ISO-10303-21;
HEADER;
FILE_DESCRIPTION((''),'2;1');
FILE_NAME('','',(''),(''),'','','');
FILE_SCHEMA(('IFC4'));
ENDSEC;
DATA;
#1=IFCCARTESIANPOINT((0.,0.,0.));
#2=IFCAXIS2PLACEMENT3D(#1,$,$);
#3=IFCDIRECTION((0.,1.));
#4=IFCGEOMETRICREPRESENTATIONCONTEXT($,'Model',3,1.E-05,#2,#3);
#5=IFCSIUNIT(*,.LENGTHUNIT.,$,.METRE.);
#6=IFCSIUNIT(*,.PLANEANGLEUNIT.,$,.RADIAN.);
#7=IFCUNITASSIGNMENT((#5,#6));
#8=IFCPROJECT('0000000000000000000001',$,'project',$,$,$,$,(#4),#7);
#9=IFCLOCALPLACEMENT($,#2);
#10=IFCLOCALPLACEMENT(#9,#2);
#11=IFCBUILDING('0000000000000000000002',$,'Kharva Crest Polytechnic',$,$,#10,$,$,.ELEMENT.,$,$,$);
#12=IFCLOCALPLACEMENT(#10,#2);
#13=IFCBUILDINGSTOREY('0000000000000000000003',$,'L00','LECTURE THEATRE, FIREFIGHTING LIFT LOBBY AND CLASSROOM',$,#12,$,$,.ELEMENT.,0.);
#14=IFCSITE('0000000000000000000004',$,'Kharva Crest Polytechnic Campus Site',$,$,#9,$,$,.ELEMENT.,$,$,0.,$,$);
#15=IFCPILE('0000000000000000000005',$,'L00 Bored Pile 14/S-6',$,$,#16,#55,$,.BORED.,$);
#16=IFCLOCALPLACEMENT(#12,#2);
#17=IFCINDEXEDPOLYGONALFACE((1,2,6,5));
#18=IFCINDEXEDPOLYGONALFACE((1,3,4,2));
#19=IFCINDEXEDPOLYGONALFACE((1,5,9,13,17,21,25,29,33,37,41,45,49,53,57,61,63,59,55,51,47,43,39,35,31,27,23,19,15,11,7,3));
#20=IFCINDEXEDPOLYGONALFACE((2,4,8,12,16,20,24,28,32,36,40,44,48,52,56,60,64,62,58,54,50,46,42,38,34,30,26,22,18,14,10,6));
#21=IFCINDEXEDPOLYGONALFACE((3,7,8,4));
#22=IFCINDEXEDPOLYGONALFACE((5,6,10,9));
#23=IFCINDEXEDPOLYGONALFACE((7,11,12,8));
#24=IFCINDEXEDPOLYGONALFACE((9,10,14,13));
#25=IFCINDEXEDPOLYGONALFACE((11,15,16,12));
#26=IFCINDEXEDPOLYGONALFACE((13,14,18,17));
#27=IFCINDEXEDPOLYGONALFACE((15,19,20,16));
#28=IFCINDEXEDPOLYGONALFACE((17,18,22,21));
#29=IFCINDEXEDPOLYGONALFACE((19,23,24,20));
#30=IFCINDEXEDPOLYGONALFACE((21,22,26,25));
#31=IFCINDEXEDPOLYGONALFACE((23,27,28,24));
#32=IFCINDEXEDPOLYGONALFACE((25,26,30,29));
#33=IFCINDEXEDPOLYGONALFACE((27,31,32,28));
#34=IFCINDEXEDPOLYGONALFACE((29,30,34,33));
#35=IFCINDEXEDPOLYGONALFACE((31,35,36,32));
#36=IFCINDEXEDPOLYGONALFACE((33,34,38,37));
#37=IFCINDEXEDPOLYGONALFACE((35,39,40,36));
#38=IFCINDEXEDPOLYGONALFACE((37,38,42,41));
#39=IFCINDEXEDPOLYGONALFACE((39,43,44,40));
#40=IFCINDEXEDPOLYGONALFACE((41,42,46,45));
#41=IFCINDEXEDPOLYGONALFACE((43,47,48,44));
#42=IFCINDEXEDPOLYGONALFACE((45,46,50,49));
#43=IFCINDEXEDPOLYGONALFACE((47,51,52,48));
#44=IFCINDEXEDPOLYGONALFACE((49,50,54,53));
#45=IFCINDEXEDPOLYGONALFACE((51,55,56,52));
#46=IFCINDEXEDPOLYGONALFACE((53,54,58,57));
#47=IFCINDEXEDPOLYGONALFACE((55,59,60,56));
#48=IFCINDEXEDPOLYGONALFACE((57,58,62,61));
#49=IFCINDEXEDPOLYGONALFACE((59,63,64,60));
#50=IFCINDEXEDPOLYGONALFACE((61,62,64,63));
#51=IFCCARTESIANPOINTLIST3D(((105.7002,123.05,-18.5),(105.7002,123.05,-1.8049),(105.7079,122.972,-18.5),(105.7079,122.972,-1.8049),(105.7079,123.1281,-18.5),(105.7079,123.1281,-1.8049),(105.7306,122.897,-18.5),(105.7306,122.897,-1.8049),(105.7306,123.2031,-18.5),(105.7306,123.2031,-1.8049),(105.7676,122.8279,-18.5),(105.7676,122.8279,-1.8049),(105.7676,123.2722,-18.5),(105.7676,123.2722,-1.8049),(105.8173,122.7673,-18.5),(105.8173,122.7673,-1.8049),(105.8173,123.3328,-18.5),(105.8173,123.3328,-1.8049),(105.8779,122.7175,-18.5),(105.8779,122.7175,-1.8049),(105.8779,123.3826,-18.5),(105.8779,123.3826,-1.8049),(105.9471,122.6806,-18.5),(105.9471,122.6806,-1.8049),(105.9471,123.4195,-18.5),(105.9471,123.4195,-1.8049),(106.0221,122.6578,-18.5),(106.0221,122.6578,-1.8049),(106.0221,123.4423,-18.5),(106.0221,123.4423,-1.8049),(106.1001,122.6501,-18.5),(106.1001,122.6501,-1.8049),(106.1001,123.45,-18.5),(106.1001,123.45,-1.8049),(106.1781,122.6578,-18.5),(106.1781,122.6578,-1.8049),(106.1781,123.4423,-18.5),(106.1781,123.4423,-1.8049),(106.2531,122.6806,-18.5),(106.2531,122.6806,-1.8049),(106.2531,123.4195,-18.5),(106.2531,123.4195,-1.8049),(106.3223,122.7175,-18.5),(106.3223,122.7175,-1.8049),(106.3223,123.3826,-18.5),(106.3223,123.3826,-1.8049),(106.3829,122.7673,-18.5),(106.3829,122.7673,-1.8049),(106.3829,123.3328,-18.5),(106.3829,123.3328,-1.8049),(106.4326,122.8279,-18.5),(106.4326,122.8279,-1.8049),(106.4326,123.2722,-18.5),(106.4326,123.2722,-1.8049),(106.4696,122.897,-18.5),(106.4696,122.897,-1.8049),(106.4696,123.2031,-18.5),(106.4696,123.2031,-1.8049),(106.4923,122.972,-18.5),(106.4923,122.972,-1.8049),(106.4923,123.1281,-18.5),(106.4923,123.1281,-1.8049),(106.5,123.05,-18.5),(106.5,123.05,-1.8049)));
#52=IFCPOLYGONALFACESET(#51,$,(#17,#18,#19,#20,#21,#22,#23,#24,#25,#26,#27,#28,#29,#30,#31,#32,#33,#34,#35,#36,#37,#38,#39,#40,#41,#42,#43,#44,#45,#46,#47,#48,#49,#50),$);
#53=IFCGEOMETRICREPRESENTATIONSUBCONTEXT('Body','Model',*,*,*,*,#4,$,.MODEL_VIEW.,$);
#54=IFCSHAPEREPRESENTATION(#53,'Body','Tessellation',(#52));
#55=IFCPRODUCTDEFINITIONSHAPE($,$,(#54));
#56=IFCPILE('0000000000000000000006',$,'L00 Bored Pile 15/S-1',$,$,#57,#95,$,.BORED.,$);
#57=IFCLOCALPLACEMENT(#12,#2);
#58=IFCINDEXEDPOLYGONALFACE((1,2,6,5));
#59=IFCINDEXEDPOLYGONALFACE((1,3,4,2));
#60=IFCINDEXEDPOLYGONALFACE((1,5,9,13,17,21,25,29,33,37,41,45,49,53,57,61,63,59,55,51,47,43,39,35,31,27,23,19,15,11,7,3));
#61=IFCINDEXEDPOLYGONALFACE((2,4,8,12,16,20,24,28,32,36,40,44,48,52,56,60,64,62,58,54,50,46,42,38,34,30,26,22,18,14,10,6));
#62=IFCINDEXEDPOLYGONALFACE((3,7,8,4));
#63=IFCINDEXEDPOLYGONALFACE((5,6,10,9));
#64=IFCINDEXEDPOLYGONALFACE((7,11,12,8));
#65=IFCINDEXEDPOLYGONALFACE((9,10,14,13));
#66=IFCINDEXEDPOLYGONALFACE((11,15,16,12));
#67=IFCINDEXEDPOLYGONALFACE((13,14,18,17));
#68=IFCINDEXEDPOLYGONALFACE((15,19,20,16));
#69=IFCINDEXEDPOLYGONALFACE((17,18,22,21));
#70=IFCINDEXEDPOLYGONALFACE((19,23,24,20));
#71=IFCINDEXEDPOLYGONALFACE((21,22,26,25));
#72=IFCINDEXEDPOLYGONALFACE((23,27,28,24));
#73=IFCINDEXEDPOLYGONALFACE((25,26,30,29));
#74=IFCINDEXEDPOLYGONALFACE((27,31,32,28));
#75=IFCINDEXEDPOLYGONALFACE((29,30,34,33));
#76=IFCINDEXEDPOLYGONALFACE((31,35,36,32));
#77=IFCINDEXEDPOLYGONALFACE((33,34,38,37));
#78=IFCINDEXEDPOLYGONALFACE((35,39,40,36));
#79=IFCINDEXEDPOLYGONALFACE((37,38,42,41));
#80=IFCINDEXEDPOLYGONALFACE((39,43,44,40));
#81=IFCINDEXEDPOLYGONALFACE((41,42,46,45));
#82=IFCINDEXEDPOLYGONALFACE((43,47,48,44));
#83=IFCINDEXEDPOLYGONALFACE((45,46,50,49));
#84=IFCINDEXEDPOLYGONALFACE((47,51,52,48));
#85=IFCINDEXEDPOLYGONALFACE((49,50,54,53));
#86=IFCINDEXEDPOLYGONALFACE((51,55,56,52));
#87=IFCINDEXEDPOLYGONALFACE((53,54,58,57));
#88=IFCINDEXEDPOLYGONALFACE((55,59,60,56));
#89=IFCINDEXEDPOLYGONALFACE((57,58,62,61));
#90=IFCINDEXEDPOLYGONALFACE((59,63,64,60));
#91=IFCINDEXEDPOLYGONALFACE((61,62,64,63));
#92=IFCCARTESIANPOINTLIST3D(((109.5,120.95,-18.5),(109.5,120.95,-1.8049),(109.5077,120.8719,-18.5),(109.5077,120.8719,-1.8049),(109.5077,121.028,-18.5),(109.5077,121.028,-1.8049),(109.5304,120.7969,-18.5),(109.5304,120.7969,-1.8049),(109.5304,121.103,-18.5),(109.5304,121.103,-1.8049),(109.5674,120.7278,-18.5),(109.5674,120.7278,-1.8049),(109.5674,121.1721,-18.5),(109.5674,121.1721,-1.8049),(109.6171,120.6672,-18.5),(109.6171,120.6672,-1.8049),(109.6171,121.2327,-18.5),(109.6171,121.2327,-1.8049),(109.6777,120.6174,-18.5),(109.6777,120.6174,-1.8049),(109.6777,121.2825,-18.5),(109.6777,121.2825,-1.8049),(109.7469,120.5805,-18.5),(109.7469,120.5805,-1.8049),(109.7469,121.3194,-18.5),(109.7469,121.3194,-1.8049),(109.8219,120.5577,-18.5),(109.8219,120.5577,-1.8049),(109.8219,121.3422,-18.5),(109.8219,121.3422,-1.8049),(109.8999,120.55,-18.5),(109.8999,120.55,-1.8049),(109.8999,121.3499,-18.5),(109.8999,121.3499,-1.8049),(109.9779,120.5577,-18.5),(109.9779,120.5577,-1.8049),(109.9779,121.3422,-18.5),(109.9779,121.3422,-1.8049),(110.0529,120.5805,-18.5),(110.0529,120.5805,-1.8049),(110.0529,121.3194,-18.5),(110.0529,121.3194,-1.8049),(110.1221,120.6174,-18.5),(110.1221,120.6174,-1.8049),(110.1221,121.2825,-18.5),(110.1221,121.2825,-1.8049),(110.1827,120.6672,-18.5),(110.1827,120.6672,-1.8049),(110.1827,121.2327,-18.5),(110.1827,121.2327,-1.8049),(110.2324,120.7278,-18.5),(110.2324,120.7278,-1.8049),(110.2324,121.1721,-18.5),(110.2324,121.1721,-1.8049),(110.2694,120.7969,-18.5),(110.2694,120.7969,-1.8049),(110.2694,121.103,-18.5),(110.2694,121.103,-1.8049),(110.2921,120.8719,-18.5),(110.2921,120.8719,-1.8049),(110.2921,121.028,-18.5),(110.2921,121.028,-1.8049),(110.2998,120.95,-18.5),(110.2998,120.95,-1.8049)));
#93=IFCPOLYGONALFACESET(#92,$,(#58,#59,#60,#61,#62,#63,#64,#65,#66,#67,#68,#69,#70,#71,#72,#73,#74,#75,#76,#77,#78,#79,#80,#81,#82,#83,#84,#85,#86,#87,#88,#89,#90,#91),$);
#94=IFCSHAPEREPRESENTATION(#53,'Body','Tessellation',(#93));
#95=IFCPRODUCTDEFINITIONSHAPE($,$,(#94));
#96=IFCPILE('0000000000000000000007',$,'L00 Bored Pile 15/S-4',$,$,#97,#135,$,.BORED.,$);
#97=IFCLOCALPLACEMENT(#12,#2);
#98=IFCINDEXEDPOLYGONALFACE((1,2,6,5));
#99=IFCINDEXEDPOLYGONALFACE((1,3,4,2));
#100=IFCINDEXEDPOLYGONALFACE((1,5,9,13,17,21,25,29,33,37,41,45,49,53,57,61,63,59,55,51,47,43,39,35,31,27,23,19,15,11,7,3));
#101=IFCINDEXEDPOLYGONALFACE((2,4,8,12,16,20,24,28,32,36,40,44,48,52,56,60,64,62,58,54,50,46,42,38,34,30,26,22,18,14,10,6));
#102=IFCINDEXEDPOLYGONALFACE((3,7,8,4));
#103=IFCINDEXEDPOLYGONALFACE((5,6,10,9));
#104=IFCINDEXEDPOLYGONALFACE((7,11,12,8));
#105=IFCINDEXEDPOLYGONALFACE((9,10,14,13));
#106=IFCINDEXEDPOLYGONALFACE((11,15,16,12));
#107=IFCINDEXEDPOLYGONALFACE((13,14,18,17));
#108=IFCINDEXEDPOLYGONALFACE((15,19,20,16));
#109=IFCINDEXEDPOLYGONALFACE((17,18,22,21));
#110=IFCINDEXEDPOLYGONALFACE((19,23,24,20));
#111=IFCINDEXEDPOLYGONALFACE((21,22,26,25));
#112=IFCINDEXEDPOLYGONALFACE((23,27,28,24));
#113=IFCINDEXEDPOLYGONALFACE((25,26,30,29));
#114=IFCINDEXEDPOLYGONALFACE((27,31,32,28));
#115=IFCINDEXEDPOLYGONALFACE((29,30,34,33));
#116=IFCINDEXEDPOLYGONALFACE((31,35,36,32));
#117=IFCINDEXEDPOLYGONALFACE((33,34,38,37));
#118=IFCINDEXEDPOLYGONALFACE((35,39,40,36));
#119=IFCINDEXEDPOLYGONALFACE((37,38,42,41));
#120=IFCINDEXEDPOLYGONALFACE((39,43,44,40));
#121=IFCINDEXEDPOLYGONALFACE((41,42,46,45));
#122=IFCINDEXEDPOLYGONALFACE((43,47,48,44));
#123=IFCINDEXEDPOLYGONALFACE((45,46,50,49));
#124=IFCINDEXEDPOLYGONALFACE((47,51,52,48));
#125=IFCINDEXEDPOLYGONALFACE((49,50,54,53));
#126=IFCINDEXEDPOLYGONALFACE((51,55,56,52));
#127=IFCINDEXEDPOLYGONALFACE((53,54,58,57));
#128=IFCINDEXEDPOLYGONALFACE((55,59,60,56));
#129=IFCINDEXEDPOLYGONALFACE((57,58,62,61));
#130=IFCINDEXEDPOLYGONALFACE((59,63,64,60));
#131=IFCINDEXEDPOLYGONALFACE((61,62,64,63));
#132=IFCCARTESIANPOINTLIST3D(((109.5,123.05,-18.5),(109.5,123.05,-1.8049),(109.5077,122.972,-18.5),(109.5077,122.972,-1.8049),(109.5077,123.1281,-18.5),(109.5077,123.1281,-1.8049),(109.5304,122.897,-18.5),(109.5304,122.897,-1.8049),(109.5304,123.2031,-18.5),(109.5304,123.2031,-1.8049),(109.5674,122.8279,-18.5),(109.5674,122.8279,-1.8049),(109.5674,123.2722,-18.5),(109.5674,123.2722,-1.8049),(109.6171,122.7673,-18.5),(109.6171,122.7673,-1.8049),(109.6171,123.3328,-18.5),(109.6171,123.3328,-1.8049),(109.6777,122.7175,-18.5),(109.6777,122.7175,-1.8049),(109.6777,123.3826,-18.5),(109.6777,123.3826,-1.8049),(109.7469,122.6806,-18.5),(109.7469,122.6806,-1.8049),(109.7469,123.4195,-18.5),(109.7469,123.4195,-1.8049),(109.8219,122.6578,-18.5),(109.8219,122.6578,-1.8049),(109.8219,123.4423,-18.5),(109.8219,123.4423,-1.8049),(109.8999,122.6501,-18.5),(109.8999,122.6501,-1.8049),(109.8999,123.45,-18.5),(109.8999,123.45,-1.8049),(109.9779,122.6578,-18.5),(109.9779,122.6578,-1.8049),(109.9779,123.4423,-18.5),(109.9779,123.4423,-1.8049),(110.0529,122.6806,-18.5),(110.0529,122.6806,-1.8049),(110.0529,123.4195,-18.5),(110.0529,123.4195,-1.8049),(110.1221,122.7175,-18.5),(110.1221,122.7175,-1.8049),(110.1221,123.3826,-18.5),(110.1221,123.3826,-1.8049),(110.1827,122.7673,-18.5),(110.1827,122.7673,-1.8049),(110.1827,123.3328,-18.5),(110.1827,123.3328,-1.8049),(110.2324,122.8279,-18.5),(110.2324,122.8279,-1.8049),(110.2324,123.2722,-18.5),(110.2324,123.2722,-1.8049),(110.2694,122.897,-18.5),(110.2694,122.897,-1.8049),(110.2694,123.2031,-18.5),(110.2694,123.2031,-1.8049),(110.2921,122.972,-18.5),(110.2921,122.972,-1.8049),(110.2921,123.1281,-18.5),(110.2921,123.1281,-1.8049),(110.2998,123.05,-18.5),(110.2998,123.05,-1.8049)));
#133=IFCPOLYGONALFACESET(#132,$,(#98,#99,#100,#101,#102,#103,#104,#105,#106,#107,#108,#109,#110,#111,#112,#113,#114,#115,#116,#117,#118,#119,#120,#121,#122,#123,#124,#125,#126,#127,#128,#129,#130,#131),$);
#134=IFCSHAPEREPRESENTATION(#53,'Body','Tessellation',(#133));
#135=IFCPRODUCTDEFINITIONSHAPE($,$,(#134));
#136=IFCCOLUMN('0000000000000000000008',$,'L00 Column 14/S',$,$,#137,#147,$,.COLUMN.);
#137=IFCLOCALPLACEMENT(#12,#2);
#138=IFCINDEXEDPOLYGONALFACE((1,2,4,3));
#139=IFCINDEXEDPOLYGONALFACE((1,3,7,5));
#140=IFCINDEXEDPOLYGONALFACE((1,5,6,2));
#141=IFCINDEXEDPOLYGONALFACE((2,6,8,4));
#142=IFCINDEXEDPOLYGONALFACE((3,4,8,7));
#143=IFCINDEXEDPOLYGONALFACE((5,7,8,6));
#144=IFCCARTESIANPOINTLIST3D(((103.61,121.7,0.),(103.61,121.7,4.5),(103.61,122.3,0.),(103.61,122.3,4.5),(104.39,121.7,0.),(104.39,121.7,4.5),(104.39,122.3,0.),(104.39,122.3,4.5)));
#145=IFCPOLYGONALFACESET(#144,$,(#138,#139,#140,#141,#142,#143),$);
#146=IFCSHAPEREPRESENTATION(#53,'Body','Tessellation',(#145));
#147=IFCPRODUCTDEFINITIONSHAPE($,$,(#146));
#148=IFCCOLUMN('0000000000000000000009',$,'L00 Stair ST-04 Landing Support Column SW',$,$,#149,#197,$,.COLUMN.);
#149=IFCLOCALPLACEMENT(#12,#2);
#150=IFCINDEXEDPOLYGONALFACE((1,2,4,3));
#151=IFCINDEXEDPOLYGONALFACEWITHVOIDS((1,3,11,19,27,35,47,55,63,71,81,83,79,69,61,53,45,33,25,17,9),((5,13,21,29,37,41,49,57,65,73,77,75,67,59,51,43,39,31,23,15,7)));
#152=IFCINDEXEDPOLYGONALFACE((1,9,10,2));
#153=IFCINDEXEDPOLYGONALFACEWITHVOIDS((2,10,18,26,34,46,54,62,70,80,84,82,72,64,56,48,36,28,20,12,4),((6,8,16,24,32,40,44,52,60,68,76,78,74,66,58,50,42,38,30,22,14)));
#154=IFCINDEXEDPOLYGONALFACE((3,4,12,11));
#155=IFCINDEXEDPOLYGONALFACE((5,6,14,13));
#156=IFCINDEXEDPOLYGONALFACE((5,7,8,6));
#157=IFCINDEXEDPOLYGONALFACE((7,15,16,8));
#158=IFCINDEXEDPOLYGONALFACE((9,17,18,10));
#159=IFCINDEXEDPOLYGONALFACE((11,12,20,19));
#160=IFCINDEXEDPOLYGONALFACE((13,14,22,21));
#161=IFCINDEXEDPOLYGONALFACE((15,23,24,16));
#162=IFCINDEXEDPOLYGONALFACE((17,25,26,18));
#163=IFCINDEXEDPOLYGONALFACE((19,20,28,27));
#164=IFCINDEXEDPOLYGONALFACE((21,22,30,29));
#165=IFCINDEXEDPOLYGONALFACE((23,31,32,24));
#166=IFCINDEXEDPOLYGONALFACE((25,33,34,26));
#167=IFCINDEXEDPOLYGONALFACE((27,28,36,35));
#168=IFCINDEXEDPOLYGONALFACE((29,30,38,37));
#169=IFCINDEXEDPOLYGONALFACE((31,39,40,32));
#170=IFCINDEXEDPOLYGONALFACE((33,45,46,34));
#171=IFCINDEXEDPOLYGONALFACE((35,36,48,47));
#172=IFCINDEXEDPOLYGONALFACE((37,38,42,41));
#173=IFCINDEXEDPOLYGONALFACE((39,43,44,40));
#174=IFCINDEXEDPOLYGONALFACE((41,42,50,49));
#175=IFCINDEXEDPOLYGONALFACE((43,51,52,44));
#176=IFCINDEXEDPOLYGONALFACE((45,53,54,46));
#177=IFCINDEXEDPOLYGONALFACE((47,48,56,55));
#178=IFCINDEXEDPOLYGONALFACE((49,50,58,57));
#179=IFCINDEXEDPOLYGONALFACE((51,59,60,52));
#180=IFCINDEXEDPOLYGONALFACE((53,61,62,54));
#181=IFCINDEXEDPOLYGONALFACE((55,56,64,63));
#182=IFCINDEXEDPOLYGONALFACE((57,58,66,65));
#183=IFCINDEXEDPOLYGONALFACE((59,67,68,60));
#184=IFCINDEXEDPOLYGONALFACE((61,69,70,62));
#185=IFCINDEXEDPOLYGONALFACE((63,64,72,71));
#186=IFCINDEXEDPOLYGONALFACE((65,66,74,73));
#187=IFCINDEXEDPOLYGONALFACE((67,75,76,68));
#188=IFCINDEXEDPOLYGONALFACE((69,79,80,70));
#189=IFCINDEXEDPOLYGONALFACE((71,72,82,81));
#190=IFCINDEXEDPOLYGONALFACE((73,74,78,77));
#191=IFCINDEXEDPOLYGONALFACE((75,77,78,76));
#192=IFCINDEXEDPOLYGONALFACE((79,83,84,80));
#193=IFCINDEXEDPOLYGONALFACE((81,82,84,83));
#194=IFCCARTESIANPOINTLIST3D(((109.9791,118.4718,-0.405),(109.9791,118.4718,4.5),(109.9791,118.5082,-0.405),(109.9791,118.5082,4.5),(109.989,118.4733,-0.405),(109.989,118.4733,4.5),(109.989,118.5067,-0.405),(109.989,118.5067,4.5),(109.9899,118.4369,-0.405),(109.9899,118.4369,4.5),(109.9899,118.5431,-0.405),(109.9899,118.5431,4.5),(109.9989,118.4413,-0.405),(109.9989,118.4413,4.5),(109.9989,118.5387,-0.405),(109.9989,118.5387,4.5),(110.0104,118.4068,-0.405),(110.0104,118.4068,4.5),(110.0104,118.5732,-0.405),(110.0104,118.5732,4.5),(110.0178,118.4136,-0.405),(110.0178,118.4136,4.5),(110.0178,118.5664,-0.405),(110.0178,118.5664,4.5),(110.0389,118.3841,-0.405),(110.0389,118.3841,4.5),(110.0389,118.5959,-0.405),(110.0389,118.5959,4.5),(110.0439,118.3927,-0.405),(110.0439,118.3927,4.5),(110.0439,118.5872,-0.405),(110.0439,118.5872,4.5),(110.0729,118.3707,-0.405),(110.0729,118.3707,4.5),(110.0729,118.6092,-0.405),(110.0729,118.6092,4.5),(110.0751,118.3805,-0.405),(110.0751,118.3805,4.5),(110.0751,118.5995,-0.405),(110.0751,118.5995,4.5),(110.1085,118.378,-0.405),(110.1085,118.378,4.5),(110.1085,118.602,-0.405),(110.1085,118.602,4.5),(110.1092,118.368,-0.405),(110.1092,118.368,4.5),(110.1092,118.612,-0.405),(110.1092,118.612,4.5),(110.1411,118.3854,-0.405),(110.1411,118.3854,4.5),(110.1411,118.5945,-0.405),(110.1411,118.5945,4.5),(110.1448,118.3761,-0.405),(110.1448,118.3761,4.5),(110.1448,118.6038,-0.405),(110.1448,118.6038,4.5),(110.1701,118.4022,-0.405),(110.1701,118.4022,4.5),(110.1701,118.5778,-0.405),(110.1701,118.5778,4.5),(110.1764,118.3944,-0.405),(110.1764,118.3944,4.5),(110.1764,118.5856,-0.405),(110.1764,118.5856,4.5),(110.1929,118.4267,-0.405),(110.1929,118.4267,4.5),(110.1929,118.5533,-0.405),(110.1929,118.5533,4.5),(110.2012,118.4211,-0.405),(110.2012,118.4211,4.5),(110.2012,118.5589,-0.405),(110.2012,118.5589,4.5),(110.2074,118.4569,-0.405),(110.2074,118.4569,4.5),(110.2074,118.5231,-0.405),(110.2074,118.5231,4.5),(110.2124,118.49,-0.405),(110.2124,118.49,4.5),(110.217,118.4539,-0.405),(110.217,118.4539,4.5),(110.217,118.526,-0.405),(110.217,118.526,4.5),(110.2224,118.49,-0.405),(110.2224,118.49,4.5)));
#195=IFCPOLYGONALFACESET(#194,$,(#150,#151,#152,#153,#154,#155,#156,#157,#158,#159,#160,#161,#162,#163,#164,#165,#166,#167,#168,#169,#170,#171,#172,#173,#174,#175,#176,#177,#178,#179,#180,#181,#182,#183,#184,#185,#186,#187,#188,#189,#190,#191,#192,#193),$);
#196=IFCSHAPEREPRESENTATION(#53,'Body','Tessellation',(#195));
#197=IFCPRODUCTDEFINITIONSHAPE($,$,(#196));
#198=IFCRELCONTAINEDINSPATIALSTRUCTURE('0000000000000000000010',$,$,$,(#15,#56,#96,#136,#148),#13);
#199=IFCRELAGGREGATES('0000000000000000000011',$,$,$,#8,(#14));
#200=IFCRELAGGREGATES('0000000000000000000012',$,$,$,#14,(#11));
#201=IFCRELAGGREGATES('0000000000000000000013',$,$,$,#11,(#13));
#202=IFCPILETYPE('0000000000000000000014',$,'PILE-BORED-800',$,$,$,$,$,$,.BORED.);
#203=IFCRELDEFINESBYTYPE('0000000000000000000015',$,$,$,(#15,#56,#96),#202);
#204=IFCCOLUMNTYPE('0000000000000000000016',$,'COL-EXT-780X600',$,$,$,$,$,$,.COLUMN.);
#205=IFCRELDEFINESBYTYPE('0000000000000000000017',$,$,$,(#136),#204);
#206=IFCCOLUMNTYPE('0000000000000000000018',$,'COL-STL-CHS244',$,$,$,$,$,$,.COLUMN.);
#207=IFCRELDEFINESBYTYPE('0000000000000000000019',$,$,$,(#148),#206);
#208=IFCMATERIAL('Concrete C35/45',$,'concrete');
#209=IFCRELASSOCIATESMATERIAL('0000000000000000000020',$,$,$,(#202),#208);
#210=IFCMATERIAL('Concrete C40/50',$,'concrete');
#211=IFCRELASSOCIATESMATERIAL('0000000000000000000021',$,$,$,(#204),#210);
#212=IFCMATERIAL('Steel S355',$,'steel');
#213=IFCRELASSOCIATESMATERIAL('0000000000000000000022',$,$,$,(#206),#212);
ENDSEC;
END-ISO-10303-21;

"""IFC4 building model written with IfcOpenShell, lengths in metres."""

from ifc_helpers import new_model, si_unit, direction, frame, origin, origin_2d, place, context, subcontext, project, spatial, rectangle, circle, hollow_circle, extrude, material, material_profile, profile_set, type_object, element, save


model = new_model("IFC4")

# Units and contexts
model_context = context("Model", 3, precision=1e-05, world=origin(), true_north=direction((0.0, 1.0)))
body_context = subcontext(model_context, "Body", "Model", "MODEL_VIEW")
ifc_project = project(units=[si_unit("LENGTHUNIT", "METRE"), si_unit("PLANEANGLEUNIT", "RADIAN")], contexts=[model_context])

# Site, building, storey
site_placement = place(None, origin())
site = spatial("IfcSite", under=ifc_project, at=site_placement, Name="Kharva Crest Polytechnic Campus Site", CompositionType="ELEMENT", RefElevation=0.0)
building_placement = place(site_placement, origin())
building = spatial("IfcBuilding", under=site, at=building_placement, Name="Kharva Crest Polytechnic", CompositionType="ELEMENT")
storey_placement = place(building_placement, origin())
storey = spatial("IfcBuildingStorey", under=building, at=storey_placement, Name="L00", Description="LECTURE THEATRE, FIREFIGHTING LIFT LOBBY AND CLASSROOM", CompositionType="ELEMENT", Elevation=0.0)

# Shared definitions
ifc_material_1 = material(Name="Concrete C35/45", Category="concrete")

# Piles
ifc_material_profile_1 = material_profile(ifc_material_1, circle(Radius=0.3999, at=origin_2d()), Name="DIA 800")
ifc_profile_set_1 = profile_set([ifc_material_profile_1], Name="Concrete C35/45")
pile_type = type_object("IfcPileType", Name="PILE-BORED-800", PredefinedType="BORED", material=ifc_profile_set_1)
for number, where, z_axis, x_axis, name in (
    (1, (106.1001, 123.05, -1.8049), (0.0, 0.0, -1.0), (1.0, 0.0, 0.0), "L00 Bored Pile 14/S-6"),
    (2, (109.8999, 120.95, -1.8049), (0.0, 0.0, -1.0), (1.0, 0.0, 0.0), "L00 Bored Pile 15/S-1"),
    (3, (109.8999, 123.05, -1.8049), (0.0, 0.0, -1.0), (1.0, 0.0, 0.0), "L00 Bored Pile 15/S-4"),
):
    element("IfcPile", number, at=place(storey_placement, frame(where, z_axis=z_axis, x_axis=x_axis)), inside=storey, type_object=pile_type, Name=name, PredefinedType="BORED", context=body_context, shape_type="SweptSolid", body=[
        extrude(circle(Radius=0.3999, at=origin_2d()), origin(), (0.0, 0.0, 1.0), 16.6951),
    ])

# Columns
ifc_material_2 = material(Name="Concrete C40/50", Category="concrete")
ifc_material_profile_2 = material_profile(ifc_material_2, rectangle(XDim=0.78, YDim=0.6001, at=origin_2d()), Name="RECT 780 X 600")
ifc_profile_set_2 = profile_set([ifc_material_profile_2], Name="Concrete C40/50")
column_type_1 = type_object("IfcColumnType", Name="COL-EXT-780X600", PredefinedType="COLUMN", material=ifc_profile_set_2)
column_placement = place(storey_placement, frame((104.0, 122.0, 0.0), z_axis=(0.0, 0.0, 1.0), x_axis=(1.0, 0.0, 0.0)))
element("IfcColumn", 4, at=column_placement, inside=storey, type_object=column_type_1, Name="L00 Column 14/S", PredefinedType="COLUMN", context=body_context, shape_type="SweptSolid", body=[
    extrude(rectangle(XDim=0.78, YDim=0.6001, at=origin_2d()), origin(), (0.0, 0.0, 1.0), 4.5),
])
ifc_material_3 = material(Name="Steel S355", Category="steel")
ifc_material_profile_3 = material_profile(ifc_material_3, hollow_circle(Radius=0.1223, WallThickness=0.01, at=origin_2d()), Name="CHS 244.5X10.0")
ifc_profile_set_3 = profile_set([ifc_material_profile_3], Name="Steel S355")
column_type_2 = type_object("IfcColumnType", Name="COL-STL-CHS244", PredefinedType="COLUMN", material=ifc_profile_set_3)
for number, where, z_axis, x_axis, name in (
    (5, (110.1001, 118.49, -0.405), (0.0, 0.0, 1.0), (1.0, 0.0, 0.0), "L00 Stair ST-04 Landing Support Column SW"),
):
    element("IfcColumn", number, at=place(storey_placement, frame(where, z_axis=z_axis, x_axis=x_axis)), inside=storey, type_object=column_type_2, Name=name, PredefinedType="COLUMN", context=body_context, shape_type="SweptSolid", body=[
        extrude(hollow_circle(Radius=0.1223, WallThickness=0.01, at=origin_2d()), origin(), (0.0, 0.0, 1.0), 4.905),
    ])

save(model, "model.ifc")
